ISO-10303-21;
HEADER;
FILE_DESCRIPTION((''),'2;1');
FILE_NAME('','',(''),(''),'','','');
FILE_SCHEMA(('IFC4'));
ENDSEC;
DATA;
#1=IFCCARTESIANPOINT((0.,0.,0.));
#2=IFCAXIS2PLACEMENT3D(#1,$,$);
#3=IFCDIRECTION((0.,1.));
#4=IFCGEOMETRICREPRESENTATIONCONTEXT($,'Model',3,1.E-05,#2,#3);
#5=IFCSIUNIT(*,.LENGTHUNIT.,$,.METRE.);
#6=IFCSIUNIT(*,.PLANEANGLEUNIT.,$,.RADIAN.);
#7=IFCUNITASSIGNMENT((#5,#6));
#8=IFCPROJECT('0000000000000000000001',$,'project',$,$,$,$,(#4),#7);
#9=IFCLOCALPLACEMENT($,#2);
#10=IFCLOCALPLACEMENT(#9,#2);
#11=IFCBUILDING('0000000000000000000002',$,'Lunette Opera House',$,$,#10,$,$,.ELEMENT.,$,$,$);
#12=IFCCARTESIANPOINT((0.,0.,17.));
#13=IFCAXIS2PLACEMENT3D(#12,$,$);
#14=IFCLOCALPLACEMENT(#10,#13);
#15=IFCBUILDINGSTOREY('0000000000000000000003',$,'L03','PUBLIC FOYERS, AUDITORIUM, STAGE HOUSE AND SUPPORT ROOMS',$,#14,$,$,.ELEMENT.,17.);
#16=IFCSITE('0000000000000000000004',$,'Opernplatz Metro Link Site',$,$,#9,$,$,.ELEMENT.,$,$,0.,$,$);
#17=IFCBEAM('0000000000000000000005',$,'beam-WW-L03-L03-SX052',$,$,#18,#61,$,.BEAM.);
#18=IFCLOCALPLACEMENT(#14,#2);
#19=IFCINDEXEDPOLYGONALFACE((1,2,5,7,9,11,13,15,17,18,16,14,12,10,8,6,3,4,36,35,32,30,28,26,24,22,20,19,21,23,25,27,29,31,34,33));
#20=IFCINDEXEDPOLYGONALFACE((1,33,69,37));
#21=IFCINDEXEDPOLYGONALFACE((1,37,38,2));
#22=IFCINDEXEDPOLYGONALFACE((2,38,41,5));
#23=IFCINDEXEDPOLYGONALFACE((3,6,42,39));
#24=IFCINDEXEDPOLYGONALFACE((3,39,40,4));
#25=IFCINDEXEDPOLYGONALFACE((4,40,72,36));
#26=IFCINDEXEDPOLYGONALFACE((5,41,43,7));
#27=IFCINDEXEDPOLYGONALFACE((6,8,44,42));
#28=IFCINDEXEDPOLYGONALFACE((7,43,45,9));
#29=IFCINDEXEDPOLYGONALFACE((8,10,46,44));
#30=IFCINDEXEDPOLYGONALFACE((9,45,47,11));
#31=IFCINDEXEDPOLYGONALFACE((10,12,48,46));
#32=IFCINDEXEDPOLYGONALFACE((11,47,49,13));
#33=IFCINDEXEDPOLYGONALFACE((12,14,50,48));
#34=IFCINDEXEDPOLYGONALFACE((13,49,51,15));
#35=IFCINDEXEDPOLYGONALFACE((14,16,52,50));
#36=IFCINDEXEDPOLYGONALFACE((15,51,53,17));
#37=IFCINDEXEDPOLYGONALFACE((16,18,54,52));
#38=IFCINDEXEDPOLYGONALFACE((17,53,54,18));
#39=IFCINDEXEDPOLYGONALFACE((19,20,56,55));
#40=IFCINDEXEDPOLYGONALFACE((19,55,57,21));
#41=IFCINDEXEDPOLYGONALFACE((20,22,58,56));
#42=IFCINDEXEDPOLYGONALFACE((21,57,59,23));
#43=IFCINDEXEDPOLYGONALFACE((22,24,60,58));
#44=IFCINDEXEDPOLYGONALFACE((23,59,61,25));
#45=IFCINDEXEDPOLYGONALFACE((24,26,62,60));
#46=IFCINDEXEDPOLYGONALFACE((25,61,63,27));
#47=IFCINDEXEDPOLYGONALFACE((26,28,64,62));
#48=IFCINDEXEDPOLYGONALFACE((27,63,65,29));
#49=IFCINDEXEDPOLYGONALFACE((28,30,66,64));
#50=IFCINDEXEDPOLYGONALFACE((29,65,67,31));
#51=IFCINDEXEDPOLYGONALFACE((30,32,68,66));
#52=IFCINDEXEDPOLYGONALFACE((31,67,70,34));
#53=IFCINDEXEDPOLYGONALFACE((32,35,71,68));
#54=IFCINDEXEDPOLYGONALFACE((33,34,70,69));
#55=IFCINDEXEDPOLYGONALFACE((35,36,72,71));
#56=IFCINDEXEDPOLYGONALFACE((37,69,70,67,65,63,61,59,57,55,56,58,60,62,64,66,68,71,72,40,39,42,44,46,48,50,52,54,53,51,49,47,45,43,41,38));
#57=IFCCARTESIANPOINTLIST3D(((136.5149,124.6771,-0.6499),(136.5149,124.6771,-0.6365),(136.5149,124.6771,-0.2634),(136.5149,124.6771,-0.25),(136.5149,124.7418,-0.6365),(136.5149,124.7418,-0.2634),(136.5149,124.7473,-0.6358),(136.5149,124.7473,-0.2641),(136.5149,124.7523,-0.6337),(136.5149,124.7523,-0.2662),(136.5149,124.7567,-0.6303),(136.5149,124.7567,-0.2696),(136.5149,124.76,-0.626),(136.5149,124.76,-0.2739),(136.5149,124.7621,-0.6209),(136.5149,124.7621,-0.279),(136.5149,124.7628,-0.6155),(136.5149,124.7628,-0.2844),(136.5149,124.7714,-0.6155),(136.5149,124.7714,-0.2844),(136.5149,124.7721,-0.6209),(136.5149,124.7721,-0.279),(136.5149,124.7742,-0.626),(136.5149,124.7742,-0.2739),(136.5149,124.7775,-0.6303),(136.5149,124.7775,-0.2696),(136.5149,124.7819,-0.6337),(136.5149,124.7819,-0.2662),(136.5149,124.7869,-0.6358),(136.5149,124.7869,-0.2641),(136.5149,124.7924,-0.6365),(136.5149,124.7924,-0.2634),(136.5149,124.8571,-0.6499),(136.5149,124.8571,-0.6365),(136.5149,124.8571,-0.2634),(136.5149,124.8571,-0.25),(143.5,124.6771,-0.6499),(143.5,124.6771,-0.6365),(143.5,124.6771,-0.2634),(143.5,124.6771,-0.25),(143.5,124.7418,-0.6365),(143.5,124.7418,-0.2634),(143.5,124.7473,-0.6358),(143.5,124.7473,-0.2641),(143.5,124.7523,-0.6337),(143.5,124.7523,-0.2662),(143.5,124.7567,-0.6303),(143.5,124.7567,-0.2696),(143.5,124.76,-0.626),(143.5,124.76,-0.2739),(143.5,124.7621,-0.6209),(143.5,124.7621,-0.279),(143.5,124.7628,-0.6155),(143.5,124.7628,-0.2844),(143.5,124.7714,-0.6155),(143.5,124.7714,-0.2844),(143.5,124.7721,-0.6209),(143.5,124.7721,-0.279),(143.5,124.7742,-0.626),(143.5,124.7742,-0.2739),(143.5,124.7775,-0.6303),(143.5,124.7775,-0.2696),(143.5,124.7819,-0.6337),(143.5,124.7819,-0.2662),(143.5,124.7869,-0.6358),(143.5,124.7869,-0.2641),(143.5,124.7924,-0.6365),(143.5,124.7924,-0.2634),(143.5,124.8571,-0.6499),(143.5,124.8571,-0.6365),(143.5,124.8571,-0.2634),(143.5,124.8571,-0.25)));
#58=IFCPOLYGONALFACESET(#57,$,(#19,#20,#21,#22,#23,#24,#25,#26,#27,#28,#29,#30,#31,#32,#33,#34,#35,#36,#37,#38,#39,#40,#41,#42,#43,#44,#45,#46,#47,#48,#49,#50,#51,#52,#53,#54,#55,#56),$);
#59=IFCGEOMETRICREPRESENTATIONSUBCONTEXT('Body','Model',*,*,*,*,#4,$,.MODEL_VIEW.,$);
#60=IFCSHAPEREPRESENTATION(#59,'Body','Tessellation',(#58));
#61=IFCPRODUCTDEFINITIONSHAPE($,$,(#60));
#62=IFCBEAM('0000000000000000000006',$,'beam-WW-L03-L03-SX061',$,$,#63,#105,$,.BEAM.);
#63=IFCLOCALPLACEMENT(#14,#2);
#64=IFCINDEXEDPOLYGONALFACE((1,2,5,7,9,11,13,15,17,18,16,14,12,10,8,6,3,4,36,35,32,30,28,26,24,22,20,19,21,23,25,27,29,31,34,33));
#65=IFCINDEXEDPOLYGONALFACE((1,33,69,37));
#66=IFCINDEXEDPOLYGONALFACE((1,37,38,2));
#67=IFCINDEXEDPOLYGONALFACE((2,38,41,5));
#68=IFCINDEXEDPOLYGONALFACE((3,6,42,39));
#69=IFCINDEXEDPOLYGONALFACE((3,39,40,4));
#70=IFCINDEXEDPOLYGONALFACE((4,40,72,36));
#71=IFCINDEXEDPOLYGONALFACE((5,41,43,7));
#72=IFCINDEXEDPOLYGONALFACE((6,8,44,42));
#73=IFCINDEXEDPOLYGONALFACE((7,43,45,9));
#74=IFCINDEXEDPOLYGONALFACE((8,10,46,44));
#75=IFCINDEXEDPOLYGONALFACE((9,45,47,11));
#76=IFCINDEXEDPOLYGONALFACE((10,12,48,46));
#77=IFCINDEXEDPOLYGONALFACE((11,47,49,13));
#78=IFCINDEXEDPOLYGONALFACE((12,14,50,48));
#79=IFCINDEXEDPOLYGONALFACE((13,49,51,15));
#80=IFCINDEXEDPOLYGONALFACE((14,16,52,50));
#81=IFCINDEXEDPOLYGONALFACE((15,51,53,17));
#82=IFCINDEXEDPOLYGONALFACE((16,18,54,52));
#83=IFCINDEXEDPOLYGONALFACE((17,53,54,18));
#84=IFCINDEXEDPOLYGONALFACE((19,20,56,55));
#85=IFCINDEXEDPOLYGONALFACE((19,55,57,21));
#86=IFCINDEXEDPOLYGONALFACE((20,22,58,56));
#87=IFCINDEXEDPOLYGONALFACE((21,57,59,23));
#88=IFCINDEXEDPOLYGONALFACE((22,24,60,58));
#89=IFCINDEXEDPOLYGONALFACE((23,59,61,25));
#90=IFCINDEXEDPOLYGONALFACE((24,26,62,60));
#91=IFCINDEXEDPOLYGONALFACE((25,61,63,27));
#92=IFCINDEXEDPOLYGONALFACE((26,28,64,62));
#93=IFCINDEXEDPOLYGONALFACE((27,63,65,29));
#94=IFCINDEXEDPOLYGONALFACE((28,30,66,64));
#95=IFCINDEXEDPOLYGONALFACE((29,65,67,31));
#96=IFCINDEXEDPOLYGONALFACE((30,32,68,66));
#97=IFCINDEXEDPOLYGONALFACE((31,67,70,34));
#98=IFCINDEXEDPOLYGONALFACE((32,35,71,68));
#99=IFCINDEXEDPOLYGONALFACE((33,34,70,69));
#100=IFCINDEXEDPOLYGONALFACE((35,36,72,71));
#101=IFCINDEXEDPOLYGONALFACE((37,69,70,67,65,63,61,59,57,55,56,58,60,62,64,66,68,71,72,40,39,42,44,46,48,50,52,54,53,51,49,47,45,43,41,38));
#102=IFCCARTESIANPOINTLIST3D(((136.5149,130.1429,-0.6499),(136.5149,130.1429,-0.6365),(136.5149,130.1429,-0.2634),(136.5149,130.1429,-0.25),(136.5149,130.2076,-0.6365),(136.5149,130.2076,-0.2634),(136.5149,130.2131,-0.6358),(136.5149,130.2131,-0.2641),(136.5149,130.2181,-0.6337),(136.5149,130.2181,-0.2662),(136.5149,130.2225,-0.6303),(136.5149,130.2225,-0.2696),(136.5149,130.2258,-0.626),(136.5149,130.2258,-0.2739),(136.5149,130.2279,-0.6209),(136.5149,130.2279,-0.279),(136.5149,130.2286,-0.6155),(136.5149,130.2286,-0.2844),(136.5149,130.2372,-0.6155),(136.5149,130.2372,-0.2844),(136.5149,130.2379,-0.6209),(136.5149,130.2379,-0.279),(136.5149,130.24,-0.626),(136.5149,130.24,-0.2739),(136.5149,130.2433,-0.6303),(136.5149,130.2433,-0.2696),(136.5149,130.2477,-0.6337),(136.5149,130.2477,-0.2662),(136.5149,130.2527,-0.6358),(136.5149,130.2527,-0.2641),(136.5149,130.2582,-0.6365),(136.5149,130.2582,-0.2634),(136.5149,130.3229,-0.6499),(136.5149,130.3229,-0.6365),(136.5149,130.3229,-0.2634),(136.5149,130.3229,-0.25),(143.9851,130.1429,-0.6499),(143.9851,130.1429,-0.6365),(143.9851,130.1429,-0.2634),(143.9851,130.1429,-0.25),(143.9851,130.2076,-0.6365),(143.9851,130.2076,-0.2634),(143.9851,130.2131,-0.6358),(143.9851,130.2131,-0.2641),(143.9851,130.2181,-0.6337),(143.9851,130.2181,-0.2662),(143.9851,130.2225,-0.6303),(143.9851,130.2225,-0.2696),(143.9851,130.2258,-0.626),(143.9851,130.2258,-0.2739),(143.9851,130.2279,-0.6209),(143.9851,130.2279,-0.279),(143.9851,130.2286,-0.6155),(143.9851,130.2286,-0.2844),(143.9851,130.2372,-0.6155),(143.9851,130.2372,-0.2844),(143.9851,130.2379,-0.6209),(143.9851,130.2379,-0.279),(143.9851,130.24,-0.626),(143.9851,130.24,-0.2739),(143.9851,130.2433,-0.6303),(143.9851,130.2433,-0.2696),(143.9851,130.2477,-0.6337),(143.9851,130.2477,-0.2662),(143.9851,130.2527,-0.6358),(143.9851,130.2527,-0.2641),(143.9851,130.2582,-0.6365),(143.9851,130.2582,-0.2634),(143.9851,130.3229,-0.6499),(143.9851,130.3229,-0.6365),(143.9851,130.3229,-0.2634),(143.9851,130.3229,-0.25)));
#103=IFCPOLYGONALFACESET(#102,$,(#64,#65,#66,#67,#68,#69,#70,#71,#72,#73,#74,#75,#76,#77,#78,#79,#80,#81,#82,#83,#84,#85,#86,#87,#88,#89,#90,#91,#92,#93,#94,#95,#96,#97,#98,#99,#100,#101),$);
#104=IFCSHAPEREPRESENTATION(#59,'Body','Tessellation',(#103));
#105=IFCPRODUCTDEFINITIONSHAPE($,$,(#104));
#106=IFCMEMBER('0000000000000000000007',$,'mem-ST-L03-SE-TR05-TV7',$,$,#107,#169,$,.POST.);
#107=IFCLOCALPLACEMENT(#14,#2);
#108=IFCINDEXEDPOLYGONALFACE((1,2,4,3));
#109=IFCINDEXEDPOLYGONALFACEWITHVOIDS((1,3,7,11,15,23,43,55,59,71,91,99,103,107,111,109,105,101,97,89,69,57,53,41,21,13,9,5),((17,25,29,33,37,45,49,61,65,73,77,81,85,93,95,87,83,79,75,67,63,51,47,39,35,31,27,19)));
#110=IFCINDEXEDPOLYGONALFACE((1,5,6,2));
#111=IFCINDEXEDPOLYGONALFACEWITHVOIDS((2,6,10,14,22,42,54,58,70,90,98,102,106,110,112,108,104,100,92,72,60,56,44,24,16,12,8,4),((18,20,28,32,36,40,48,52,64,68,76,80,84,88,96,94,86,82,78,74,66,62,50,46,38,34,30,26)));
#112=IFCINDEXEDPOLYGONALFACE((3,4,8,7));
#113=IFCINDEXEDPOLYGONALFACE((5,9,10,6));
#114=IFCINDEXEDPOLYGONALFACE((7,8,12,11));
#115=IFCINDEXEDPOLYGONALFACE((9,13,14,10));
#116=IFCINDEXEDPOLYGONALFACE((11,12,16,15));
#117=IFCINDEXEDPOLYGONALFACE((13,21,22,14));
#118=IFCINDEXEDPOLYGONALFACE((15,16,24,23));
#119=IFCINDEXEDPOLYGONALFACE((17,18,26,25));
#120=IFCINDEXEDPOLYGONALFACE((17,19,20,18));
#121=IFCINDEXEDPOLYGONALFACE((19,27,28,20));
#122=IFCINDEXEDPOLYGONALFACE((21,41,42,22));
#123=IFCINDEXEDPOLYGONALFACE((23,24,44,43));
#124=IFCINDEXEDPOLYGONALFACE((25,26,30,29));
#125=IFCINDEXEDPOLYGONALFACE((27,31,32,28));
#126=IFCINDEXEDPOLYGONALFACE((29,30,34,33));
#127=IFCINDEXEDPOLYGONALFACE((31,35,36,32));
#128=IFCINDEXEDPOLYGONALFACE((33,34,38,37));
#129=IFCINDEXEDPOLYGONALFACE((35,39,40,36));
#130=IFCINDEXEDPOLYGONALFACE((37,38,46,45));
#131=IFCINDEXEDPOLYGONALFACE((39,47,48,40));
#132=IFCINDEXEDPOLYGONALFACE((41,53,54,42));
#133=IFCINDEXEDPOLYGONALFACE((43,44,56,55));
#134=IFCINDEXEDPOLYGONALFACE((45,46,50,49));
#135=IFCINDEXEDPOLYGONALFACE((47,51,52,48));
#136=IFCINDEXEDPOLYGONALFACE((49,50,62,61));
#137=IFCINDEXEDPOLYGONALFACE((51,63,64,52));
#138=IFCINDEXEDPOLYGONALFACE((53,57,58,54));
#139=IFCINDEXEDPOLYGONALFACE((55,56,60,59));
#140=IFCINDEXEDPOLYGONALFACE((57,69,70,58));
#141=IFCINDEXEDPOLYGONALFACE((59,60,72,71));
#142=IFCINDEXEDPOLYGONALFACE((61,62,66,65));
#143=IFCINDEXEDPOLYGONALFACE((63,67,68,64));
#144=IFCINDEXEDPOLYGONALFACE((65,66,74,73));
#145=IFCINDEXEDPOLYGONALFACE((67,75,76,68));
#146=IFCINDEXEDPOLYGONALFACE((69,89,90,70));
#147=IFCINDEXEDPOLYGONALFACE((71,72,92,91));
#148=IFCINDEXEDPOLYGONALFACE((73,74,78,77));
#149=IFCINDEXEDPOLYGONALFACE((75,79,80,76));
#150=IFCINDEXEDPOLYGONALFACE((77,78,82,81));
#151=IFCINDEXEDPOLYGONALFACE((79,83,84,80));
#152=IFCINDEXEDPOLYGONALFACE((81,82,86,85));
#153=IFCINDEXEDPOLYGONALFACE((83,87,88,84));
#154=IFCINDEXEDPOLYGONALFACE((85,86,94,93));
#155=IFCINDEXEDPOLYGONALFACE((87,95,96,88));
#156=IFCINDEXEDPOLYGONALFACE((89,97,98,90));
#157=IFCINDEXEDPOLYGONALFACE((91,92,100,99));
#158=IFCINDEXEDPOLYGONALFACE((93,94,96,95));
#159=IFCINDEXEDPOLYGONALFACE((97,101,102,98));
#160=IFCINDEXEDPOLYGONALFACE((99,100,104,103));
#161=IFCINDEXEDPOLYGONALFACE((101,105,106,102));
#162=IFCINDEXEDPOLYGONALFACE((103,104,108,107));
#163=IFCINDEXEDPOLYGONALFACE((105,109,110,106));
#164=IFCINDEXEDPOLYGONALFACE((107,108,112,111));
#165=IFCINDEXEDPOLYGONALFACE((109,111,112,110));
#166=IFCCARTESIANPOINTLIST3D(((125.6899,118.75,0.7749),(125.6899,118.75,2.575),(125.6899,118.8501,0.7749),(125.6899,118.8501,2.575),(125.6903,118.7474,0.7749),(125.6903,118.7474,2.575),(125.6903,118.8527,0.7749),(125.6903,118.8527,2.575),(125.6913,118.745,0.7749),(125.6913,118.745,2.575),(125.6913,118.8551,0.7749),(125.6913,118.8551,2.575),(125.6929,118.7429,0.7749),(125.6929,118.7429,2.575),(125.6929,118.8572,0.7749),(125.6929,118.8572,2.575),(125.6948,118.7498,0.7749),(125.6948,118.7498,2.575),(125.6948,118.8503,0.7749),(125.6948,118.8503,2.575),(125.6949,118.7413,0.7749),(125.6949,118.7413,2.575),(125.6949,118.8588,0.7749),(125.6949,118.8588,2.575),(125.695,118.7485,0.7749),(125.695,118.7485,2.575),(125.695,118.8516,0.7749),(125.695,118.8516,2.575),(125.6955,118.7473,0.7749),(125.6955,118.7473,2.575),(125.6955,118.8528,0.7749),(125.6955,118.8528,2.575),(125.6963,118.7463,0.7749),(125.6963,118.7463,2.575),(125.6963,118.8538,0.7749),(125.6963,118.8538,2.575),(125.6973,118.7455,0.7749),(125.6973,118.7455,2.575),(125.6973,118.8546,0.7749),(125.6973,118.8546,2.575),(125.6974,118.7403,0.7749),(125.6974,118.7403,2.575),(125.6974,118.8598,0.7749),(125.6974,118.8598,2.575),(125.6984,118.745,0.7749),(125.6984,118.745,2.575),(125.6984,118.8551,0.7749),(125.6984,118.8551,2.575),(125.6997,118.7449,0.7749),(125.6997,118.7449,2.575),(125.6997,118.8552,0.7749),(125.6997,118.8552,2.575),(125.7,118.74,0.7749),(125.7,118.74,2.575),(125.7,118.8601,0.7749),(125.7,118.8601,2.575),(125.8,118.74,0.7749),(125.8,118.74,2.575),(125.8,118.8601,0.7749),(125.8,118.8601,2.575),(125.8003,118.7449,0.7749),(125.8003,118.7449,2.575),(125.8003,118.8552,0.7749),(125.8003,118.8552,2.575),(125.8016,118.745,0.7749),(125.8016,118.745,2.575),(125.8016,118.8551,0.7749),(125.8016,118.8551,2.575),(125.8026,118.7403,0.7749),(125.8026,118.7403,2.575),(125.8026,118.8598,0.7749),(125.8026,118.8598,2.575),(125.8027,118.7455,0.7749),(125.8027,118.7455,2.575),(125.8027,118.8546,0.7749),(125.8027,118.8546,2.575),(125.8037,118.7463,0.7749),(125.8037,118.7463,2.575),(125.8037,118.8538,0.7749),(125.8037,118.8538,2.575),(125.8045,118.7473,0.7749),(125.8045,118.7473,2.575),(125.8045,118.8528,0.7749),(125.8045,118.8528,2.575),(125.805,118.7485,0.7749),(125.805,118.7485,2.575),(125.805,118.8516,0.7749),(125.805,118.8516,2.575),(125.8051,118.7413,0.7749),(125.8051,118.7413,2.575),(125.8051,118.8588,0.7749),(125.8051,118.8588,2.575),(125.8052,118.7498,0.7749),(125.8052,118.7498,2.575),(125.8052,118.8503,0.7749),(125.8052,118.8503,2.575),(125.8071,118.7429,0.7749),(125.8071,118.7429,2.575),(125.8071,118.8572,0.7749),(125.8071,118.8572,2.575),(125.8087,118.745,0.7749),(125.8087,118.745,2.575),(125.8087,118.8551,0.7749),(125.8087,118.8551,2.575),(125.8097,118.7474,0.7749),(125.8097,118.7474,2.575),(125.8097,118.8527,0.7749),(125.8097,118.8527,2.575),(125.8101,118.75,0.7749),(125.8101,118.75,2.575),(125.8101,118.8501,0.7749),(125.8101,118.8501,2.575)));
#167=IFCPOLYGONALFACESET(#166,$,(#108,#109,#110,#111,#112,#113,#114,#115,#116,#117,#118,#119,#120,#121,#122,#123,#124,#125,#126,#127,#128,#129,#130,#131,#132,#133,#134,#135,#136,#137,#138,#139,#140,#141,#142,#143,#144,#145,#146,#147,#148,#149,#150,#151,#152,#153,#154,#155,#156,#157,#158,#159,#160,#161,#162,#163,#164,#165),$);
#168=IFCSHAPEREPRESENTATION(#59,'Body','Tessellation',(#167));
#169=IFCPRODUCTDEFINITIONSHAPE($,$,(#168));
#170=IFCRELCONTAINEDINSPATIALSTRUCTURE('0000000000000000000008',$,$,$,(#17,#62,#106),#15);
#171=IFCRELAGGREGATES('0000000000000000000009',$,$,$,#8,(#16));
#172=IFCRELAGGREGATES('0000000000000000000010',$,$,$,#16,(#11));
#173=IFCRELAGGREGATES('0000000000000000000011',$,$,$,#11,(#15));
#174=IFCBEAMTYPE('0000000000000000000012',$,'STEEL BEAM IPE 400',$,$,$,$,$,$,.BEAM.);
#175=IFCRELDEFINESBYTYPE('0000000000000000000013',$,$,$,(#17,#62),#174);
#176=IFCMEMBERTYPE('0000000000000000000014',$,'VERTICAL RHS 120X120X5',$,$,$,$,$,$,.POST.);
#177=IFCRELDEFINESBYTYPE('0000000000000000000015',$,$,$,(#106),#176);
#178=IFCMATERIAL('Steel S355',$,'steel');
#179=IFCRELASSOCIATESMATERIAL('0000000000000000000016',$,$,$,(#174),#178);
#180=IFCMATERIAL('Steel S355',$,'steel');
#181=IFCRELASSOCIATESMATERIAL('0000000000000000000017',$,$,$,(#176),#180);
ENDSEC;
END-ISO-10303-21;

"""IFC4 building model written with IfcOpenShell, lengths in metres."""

from ifc_helpers import new_model, si_unit, direction, frame, origin, origin_2d, place, context, subcontext, project, spatial, hollow_rectangle, i_section, extrude, material, material_profile, profile_set, type_object, element, save


model = new_model("IFC4")

# Units and contexts
model_context = context("Model", 3, precision=1e-05, world=origin(), true_north=direction((0.0, 1.0)))
body_context = subcontext(model_context, "Body", "Model", "MODEL_VIEW")
ifc_project = project(units=[si_unit("LENGTHUNIT", "METRE"), si_unit("PLANEANGLEUNIT", "RADIAN")], contexts=[model_context])

# Site, building, storey
site_placement = place(None, origin())
site = spatial("IfcSite", under=ifc_project, at=site_placement, Name="Opernplatz Metro Link Site", CompositionType="ELEMENT", RefElevation=0.0)
building_placement = place(site_placement, origin())
building = spatial("IfcBuilding", under=site, at=building_placement, Name="Lunette Opera House", CompositionType="ELEMENT")
storey_placement = place(building_placement, frame((0.0, 0.0, 17.0)))
storey = spatial("IfcBuildingStorey", under=building, at=storey_placement, Name="L03", Description="PUBLIC FOYERS, AUDITORIUM, STAGE HOUSE AND SUPPORT ROOMS", CompositionType="ELEMENT", Elevation=17.0)

# Beams
ifc_material_1 = material(Name="Steel S355", Category="steel")
ifc_material_profile_1 = material_profile(ifc_material_1, i_section(OverallWidth=0.1799, OverallDepth=0.3999, WebThickness=0.0085, FlangeThickness=0.0134, FilletRadius=0.021, at=origin_2d()), Name="IPE 400")
ifc_profile_set_1 = profile_set([ifc_material_profile_1], Name="Steel S355")
beam_type_1 = type_object("IfcBeamType", Name="STEEL BEAM IPE 400", PredefinedType="BEAM", material=ifc_profile_set_1)
for number, where, z_axis, x_axis, name in (
    (1, (136.5149, 124.7671, -0.45), (1.0, 0.0, 0.0), (0.0, 1.0, 0.0), "beam-WW-L03-L03-SX052"),
):
    element("IfcBeam", number, at=place(storey_placement, frame(where, z_axis=z_axis, x_axis=x_axis)), inside=storey, type_object=beam_type_1, Name=name, PredefinedType="BEAM", context=body_context, shape_type="SweptSolid", body=[
        extrude(i_section(OverallWidth=0.1799, OverallDepth=0.3999, WebThickness=0.0085, FlangeThickness=0.0134, FilletRadius=0.021, at=origin_2d()), origin(), (0.0, 0.0, 1.0), 6.9851),
    ])
beam_placement = place(storey_placement, frame((136.5149, 130.2329, -0.45), z_axis=(1.0, 0.0, 0.0), x_axis=(0.0, 1.0, 0.0)))
element("IfcBeam", 2, at=beam_placement, inside=storey, type_object=beam_type_1, Name="beam-WW-L03-L03-SX061", PredefinedType="BEAM", context=body_context, shape_type="SweptSolid", body=[
    extrude(i_section(OverallWidth=0.1799, OverallDepth=0.3999, WebThickness=0.0085, FlangeThickness=0.0134, FilletRadius=0.021, at=origin_2d()), origin(), (0.0, 0.0, 1.0), 7.4702),
])

# Member
ifc_material_2 = material(Name="Steel S355", Category="steel")
ifc_material_profile_2 = material_profile(ifc_material_2, hollow_rectangle(XDim=0.1201, YDim=0.1201, WallThickness=0.0049, InnerFilletRadius=0.0049, OuterFilletRadius=0.01, at=origin_2d()), Name="RHS 120X120X5")
ifc_profile_set_2 = profile_set([ifc_material_profile_2], Name="Steel S355")
member_type_1 = type_object("IfcMemberType", Name="VERTICAL RHS 120X120X5", PredefinedType="POST", material=ifc_profile_set_2)
for number, where, z_axis, x_axis, name in (
    (3, (125.75, 118.8, 0.7749), (0.0, 0.0, 1.0), (1.0, 0.0, 0.0), "mem-ST-L03-SE-TR05-TV7"),
):
    element("IfcMember", number, at=place(storey_placement, frame(where, z_axis=z_axis, x_axis=x_axis)), inside=storey, type_object=member_type_1, Name=name, PredefinedType="POST", context=body_context, shape_type="SweptSolid", body=[
        extrude(hollow_rectangle(XDim=0.1201, YDim=0.1201, WallThickness=0.0049, InnerFilletRadius=0.0049, OuterFilletRadius=0.01, at=origin_2d()), origin(), (0.0, 0.0, 1.0), 1.8),
    ])

save(model, "model.ifc")
